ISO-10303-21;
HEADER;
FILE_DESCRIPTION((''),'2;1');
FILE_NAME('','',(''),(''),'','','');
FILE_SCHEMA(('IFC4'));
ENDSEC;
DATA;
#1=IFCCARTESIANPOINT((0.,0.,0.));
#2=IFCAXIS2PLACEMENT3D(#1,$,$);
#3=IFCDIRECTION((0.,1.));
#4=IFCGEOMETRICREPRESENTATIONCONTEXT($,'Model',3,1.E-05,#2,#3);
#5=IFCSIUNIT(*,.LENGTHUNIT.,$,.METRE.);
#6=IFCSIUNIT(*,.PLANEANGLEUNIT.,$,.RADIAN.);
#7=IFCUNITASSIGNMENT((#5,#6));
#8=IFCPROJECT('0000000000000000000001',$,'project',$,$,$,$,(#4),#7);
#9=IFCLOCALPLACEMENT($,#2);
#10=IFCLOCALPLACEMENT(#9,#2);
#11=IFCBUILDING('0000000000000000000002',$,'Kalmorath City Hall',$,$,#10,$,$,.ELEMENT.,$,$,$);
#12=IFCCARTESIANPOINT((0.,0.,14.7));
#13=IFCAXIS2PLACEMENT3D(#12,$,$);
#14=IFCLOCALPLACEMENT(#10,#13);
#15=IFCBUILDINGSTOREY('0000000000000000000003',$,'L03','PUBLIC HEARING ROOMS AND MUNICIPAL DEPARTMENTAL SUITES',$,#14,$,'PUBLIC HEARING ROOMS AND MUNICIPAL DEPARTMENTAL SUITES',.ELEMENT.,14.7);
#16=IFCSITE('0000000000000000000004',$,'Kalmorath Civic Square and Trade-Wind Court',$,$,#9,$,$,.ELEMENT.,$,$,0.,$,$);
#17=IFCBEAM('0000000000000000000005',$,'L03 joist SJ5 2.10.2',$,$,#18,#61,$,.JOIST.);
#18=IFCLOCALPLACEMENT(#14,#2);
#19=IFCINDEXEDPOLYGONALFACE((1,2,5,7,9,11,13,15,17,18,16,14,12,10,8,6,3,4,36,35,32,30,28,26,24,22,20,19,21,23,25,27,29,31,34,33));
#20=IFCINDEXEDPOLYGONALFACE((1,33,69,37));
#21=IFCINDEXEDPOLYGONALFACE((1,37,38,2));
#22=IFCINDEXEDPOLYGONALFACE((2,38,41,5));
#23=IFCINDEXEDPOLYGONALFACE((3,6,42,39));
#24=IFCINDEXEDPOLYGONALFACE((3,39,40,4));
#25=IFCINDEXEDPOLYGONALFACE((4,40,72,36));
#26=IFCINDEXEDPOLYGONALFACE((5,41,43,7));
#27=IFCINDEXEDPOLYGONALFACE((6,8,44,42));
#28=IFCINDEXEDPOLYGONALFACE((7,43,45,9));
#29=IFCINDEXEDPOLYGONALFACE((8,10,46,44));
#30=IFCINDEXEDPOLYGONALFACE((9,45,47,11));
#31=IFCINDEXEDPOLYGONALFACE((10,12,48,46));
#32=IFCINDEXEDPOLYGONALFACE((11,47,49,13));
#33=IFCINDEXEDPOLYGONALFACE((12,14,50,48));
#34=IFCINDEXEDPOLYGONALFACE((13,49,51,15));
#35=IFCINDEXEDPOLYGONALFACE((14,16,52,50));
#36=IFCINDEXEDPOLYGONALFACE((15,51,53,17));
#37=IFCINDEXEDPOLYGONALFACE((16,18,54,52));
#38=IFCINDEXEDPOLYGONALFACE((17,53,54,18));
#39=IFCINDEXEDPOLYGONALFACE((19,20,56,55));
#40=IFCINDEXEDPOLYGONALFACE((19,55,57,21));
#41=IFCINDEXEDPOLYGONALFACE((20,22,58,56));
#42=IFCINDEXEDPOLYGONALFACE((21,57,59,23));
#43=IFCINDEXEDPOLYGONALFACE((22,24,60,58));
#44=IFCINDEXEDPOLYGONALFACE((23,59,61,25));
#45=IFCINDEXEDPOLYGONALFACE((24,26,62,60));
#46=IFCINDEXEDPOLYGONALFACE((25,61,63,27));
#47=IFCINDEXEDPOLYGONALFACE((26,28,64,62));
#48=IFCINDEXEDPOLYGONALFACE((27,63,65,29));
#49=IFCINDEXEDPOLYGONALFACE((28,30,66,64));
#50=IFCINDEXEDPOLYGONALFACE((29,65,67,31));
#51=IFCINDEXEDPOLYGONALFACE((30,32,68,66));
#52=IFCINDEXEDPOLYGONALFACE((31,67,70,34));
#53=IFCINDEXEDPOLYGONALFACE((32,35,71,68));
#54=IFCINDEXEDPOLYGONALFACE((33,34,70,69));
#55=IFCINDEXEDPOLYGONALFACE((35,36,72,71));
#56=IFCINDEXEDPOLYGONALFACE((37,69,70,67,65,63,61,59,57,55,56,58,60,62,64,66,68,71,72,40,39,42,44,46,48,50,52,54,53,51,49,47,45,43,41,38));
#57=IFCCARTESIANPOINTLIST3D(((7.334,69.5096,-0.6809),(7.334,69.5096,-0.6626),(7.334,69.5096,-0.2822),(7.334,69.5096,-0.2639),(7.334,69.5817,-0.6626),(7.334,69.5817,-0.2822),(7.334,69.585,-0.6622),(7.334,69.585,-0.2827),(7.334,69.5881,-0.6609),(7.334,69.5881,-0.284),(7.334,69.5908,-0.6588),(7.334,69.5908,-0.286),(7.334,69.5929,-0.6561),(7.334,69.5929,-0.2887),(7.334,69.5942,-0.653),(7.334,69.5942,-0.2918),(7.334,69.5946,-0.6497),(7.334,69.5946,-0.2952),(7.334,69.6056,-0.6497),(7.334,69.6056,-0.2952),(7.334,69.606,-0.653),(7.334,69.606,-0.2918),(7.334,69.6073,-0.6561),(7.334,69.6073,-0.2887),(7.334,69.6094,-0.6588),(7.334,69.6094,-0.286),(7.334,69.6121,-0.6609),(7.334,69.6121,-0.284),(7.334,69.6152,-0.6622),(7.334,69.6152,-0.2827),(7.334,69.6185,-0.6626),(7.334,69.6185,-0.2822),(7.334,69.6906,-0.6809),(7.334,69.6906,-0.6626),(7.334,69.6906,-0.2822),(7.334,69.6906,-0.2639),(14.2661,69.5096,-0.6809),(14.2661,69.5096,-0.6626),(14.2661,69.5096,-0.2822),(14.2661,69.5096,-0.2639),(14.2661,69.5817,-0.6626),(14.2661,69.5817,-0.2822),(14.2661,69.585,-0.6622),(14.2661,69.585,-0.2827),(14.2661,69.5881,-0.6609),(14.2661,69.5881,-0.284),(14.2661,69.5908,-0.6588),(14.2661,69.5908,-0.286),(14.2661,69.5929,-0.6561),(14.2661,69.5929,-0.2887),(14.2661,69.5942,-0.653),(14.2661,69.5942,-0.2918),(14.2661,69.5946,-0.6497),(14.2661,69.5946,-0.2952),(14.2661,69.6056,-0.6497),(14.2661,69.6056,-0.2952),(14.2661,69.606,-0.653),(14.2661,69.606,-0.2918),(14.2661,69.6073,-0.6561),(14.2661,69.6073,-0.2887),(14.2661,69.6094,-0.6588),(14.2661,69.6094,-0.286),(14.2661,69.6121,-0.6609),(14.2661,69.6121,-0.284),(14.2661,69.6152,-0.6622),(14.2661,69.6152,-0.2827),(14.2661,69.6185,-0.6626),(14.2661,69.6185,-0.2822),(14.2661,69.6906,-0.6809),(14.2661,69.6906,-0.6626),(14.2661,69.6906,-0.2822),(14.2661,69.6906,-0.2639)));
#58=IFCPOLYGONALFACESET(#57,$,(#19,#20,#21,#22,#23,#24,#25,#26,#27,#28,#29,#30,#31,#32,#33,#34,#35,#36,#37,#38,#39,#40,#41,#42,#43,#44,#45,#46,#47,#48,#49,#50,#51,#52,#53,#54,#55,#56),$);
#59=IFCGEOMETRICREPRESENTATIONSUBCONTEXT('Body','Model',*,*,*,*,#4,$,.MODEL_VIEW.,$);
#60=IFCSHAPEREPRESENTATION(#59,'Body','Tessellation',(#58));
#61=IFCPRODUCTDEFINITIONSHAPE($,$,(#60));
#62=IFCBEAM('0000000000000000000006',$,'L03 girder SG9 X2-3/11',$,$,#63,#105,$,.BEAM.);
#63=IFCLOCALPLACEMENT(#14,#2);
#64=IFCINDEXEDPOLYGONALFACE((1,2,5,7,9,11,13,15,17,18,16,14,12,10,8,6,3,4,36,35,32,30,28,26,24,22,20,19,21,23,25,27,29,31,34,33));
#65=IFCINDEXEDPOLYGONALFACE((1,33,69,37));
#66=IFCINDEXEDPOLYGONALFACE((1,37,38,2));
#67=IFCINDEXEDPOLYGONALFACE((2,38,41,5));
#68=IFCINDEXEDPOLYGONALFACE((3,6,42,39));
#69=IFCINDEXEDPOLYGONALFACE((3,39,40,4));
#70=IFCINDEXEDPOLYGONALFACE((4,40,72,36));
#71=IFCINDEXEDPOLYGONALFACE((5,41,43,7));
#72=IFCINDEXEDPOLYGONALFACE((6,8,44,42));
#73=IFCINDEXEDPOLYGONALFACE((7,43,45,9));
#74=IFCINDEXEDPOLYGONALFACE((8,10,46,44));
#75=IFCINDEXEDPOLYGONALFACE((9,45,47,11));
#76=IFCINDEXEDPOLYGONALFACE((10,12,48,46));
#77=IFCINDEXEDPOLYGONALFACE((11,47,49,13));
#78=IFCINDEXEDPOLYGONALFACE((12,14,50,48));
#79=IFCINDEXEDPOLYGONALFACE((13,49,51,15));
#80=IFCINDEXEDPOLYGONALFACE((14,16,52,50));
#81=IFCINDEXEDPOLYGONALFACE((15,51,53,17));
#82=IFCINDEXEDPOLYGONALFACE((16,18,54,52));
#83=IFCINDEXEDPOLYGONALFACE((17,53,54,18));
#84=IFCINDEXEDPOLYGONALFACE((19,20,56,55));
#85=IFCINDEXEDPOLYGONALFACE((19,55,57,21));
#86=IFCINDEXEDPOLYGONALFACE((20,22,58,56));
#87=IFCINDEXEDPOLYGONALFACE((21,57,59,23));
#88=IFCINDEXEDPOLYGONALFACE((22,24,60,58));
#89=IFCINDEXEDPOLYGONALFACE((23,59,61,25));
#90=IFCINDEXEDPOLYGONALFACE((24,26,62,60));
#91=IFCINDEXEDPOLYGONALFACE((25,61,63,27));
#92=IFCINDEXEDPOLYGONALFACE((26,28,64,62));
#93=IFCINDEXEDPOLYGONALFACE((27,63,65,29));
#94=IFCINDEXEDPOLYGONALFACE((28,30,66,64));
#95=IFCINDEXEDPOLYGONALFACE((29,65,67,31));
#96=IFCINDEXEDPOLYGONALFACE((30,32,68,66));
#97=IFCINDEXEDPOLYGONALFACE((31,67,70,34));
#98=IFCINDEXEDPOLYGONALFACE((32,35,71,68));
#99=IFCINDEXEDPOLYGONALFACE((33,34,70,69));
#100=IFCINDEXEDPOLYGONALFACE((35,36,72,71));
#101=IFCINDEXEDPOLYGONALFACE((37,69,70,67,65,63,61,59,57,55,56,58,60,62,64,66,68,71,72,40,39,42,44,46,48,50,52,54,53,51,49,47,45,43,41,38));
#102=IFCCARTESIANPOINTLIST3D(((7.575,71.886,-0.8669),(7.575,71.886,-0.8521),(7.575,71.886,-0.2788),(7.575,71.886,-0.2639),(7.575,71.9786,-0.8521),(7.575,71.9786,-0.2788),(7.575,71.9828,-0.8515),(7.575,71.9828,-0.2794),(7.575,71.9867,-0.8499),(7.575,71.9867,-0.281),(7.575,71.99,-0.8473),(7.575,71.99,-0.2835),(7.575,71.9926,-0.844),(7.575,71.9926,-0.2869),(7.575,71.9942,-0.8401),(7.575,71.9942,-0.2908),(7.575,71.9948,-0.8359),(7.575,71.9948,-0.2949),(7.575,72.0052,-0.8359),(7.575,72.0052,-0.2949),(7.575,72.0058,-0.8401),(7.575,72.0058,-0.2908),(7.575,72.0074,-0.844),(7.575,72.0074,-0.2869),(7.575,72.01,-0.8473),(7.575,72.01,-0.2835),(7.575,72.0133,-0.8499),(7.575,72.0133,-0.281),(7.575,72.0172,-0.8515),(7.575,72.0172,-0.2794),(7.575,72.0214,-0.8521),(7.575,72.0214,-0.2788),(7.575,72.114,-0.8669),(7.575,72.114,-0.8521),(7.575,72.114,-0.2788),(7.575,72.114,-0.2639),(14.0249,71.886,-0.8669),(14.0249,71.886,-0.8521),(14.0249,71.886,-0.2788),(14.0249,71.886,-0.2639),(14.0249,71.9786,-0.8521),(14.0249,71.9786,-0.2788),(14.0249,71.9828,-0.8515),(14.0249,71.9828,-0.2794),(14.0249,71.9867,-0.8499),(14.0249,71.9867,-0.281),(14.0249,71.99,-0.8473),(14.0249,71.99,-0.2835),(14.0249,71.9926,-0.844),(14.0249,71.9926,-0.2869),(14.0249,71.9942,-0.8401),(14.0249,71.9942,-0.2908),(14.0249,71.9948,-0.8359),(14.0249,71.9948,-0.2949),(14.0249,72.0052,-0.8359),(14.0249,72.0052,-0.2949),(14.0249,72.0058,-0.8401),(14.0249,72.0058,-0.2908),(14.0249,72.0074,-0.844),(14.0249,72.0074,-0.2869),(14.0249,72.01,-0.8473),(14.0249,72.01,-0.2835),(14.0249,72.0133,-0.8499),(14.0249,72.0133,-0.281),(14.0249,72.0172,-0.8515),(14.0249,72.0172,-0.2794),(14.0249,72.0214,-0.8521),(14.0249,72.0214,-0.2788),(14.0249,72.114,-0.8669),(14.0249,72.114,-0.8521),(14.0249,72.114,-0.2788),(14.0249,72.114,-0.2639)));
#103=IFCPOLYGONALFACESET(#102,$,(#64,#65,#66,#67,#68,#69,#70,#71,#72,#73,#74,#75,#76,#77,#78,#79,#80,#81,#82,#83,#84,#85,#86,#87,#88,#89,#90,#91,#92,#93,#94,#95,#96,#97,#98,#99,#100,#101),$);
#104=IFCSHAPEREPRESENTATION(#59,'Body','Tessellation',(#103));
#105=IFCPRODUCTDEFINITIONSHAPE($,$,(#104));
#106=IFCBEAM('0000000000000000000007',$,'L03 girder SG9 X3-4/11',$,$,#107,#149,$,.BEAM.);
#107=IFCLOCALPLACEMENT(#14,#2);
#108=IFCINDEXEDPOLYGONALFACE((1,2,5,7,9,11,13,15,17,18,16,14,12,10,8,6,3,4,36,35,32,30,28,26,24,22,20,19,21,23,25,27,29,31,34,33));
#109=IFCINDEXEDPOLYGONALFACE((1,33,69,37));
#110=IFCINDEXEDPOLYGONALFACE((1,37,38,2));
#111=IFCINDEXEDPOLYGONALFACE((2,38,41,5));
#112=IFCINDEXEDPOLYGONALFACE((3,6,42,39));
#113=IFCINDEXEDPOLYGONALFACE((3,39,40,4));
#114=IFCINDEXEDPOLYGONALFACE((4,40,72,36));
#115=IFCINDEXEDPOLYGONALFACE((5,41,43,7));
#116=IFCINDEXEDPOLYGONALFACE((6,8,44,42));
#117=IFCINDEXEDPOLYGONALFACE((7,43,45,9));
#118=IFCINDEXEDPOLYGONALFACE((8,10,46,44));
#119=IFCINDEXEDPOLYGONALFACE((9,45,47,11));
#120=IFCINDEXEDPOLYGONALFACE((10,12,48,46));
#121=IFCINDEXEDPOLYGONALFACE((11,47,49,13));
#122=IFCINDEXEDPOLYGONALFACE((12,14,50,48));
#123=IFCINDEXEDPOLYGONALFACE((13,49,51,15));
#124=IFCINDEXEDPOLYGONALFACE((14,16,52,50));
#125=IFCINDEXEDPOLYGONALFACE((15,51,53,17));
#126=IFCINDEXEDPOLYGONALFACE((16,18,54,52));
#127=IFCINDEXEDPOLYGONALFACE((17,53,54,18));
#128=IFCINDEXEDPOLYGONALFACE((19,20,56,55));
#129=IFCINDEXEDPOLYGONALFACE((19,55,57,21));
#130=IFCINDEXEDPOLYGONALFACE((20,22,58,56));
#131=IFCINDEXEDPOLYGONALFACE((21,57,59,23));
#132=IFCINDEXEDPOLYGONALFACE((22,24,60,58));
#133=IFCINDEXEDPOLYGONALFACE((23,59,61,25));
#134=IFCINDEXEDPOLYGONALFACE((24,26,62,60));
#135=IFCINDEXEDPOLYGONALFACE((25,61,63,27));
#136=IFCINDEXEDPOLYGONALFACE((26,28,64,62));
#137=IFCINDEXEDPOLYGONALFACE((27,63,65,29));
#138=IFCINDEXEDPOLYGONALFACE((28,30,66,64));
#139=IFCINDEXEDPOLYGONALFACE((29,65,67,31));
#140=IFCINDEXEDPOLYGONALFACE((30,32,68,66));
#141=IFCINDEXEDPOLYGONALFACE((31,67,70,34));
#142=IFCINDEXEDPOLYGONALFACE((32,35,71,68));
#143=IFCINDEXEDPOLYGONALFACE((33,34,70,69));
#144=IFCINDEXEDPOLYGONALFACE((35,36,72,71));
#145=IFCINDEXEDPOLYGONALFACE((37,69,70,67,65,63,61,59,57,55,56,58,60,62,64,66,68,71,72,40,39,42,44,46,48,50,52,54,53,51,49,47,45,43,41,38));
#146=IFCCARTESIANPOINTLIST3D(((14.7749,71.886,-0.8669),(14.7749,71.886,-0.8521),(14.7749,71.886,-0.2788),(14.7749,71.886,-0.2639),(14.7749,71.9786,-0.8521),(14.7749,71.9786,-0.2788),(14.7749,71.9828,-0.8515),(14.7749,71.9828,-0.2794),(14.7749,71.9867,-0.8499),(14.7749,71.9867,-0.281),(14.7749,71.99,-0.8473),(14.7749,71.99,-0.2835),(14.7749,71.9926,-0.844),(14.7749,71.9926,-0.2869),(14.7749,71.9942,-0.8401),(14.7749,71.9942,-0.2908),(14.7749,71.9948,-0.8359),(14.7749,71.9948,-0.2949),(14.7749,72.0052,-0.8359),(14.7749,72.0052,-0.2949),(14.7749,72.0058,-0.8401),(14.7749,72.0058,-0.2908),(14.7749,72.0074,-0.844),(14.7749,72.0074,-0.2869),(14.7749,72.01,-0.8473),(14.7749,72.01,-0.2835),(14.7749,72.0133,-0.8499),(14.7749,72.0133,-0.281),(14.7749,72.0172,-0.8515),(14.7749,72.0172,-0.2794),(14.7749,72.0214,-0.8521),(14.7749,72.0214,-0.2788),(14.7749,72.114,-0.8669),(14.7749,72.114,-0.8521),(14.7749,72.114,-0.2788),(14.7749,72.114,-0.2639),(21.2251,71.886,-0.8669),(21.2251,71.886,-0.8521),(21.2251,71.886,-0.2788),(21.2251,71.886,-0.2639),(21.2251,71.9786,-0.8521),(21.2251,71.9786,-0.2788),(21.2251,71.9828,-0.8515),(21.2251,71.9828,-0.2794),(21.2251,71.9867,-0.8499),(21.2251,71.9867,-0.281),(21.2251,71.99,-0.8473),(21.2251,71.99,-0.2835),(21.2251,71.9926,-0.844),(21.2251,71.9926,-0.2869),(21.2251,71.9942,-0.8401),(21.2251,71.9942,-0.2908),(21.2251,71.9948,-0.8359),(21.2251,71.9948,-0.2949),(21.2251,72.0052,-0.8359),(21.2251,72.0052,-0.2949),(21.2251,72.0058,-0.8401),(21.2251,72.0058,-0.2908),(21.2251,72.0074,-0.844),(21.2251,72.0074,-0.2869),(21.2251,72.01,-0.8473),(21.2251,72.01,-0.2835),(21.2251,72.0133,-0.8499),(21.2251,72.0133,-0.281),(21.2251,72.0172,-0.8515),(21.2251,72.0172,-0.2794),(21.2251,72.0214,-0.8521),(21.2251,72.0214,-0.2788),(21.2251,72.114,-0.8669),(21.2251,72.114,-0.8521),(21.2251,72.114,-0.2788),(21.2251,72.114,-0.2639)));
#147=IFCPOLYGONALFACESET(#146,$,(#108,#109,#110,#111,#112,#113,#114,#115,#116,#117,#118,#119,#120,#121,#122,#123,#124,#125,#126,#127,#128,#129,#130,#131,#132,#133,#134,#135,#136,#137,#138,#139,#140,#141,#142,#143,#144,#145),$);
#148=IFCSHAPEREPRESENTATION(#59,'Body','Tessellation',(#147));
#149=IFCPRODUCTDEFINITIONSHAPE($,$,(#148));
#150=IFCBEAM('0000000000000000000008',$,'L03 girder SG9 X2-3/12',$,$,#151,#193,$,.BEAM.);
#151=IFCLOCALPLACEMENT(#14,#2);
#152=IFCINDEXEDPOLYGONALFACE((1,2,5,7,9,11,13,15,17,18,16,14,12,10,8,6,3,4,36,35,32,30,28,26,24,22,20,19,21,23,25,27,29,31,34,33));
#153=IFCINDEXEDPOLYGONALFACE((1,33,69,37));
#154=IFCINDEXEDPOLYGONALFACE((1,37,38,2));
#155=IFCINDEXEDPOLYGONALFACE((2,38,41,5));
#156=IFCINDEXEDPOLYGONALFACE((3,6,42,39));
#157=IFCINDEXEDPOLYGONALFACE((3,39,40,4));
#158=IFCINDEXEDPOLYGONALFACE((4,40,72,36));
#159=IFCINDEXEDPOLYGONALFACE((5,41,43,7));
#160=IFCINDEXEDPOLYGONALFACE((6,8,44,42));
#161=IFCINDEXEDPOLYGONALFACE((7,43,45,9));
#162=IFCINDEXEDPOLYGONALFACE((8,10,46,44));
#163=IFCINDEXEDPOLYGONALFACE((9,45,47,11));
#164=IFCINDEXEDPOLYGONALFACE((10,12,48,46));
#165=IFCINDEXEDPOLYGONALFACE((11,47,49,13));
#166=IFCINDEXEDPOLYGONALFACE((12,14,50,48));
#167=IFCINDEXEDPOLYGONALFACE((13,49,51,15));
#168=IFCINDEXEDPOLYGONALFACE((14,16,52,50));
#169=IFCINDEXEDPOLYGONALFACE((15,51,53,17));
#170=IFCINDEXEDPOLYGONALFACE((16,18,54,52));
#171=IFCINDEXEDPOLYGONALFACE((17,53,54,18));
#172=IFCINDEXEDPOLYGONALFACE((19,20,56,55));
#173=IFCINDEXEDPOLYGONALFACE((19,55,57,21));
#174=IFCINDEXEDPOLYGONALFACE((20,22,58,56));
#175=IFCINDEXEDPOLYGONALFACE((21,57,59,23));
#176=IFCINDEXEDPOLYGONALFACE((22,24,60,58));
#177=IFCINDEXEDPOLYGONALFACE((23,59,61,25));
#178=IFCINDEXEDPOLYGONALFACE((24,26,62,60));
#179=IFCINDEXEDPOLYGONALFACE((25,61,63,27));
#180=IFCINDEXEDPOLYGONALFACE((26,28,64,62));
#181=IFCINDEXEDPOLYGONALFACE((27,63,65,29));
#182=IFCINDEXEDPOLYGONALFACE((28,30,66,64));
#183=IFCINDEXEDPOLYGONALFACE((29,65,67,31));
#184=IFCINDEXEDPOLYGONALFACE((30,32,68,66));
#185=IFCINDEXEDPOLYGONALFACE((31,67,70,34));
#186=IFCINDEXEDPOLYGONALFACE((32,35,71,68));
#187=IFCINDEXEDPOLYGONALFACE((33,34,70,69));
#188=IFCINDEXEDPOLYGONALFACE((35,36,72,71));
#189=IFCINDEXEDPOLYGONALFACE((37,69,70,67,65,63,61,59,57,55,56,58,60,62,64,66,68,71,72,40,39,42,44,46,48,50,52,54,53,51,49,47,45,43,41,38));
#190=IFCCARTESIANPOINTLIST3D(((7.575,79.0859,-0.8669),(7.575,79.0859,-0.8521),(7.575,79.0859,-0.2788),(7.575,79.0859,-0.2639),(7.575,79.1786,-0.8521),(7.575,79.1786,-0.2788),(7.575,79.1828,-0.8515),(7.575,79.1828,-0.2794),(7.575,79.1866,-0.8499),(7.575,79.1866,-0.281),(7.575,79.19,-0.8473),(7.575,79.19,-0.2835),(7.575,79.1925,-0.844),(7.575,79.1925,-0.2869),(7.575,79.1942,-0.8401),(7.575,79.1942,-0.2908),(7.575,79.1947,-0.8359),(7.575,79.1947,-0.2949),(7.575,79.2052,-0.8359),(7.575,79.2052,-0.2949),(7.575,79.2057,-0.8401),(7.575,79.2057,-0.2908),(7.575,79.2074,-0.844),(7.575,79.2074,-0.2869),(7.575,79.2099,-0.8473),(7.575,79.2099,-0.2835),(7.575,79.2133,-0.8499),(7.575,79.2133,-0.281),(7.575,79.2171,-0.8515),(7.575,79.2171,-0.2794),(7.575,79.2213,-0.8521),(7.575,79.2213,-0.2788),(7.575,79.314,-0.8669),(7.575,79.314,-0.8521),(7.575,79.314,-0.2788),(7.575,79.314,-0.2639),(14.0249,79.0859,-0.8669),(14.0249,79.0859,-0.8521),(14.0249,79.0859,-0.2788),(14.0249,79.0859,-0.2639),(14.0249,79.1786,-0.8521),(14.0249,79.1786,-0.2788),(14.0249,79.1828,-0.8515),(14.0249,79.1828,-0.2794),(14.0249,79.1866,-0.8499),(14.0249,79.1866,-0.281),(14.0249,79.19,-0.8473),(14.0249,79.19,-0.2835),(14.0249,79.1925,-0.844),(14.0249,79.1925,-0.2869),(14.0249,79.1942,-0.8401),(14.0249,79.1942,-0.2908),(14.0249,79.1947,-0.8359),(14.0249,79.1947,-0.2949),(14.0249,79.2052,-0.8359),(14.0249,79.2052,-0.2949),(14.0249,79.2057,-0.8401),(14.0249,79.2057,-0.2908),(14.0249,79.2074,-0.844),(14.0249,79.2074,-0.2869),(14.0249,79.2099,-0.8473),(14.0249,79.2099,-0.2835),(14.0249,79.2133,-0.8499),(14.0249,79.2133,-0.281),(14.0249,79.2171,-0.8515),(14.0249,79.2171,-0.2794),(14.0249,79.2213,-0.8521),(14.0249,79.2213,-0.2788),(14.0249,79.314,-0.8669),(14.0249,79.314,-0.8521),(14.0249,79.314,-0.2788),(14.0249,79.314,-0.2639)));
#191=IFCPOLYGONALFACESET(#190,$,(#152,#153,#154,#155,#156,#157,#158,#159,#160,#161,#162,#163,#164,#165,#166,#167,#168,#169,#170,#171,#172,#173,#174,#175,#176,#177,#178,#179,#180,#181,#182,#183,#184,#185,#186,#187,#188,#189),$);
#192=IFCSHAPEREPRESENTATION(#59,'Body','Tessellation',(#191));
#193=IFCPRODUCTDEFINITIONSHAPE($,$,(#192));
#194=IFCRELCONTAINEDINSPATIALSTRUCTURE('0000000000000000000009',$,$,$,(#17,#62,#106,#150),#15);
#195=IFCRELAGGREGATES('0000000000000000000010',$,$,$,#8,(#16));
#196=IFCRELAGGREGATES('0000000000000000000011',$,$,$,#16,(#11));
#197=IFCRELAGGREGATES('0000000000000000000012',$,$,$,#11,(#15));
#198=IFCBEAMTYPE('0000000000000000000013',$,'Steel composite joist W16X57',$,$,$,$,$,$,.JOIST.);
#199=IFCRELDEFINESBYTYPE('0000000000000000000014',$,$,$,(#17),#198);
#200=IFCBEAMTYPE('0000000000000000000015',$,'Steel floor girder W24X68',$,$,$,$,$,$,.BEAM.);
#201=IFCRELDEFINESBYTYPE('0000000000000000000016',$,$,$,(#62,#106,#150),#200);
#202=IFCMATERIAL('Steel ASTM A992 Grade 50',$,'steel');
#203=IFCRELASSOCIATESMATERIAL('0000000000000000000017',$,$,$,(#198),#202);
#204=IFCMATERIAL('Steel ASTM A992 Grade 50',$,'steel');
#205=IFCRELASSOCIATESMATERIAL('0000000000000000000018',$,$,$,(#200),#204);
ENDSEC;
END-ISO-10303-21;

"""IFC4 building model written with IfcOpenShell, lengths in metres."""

from ifc_helpers import new_model, si_unit, direction, frame, origin, origin_2d, place, context, subcontext, project, spatial, i_section, extrude, material, material_profile, profile_set, type_object, element, save


model = new_model("IFC4")

# Units and contexts
model_context = context("Model", 3, precision=1e-05, world=origin(), true_north=direction((0.0, 1.0)))
body_context = subcontext(model_context, "Body", "Model", "MODEL_VIEW")
ifc_project = project(units=[si_unit("LENGTHUNIT", "METRE"), si_unit("PLANEANGLEUNIT", "RADIAN")], contexts=[model_context])

# Site, building, storey
site_placement = place(None, origin())
site = spatial("IfcSite", under=ifc_project, at=site_placement, Name="Kalmorath Civic Square and Trade-Wind Court", CompositionType="ELEMENT", RefElevation=0.0)
building_placement = place(site_placement, origin())
building = spatial("IfcBuilding", under=site, at=building_placement, Name="Kalmorath City Hall", CompositionType="ELEMENT")
storey_placement = place(building_placement, frame((0.0, 0.0, 14.7)))
storey = spatial("IfcBuildingStorey", under=building, at=storey_placement, Name="L03", Description="PUBLIC HEARING ROOMS AND MUNICIPAL DEPARTMENTAL SUITES", LongName="PUBLIC HEARING ROOMS AND MUNICIPAL DEPARTMENTAL SUITES", CompositionType="ELEMENT", Elevation=14.7)

# Beams
ifc_material_1 = material(Name="Steel ASTM A992 Grade 50", Category="steel")
ifc_material_profile_1 = material_profile(ifc_material_1, i_section(OverallWidth=0.1809, OverallDepth=0.417, WebThickness=0.011, FlangeThickness=0.0183, FilletRadius=0.0129, at=origin_2d()), Name="W16X57")
ifc_profile_set_1 = profile_set([ifc_material_profile_1], Name="Steel ASTM A992 Grade 50")
beam_type_1 = type_object("IfcBeamType", Name="Steel composite joist W16X57", PredefinedType="JOIST", material=ifc_profile_set_1)
beam_1_placement = place(storey_placement, frame((7.334, 69.6001, -0.4724), z_axis=(1.0, 0.0, 0.0), x_axis=(0.0, 1.0, 0.0)))
element("IfcBeam", 1, at=beam_1_placement, inside=storey, type_object=beam_type_1, Name="L03 joist SJ5 2.10.2", PredefinedType="JOIST", context=body_context, shape_type="SweptSolid", body=[
    extrude(i_section(OverallWidth=0.1809, OverallDepth=0.417, WebThickness=0.011, FlangeThickness=0.0183, FilletRadius=0.0129, at=origin_2d()), origin(), (0.0, 0.0, 1.0), 6.9321),
])
ifc_material_2 = material(Name="Steel ASTM A992 Grade 50", Category="steel")
ifc_material_profile_2 = material_profile(ifc_material_2, i_section(OverallWidth=0.228, OverallDepth=0.603, WebThickness=0.0105, FlangeThickness=0.0149, FilletRadius=0.0161, at=origin_2d()), Name="W24X68")
ifc_profile_set_2 = profile_set([ifc_material_profile_2], Name="Steel ASTM A992 Grade 50")
beam_type_2 = type_object("IfcBeamType", Name="Steel floor girder W24X68", PredefinedType="BEAM", material=ifc_profile_set_2)
beam_2_placement = place(storey_placement, frame((7.575, 72.0, -0.5654), z_axis=(1.0, 0.0, 0.0), x_axis=(0.0, 1.0, 0.0)))
element("IfcBeam", 2, at=beam_2_placement, inside=storey, type_object=beam_type_2, Name="L03 girder SG9 X2-3/11", PredefinedType="BEAM", context=body_context, shape_type="SweptSolid", body=[
    extrude(i_section(OverallWidth=0.228, OverallDepth=0.603, WebThickness=0.0105, FlangeThickness=0.0149, FilletRadius=0.0161, at=origin_2d()), origin(), (0.0, 0.0, 1.0), 6.45),
])
beam_3_placement = place(storey_placement, frame((14.7749, 72.0, -0.5654), z_axis=(1.0, 0.0, 0.0), x_axis=(0.0, 1.0, 0.0)))
element("IfcBeam", 3, at=beam_3_placement, inside=storey, type_object=beam_type_2, Name="L03 girder SG9 X3-4/11", PredefinedType="BEAM", context=body_context, shape_type="SweptSolid", body=[
    extrude(i_section(OverallWidth=0.228, OverallDepth=0.603, WebThickness=0.0105, FlangeThickness=0.0149, FilletRadius=0.0161, at=origin_2d()), origin(), (0.0, 0.0, 1.0), 6.4502),
])
beam_4_placement = place(storey_placement, frame((7.575, 79.2, -0.5654), z_axis=(1.0, 0.0, 0.0), x_axis=(0.0, 1.0, 0.0)))
element("IfcBeam", 4, at=beam_4_placement, inside=storey, type_object=beam_type_2, Name="L03 girder SG9 X2-3/12", PredefinedType="BEAM", context=body_context, shape_type="SweptSolid", body=[
    extrude(i_section(OverallWidth=0.228, OverallDepth=0.603, WebThickness=0.0105, FlangeThickness=0.0149, FilletRadius=0.0161, at=origin_2d()), origin(), (0.0, 0.0, 1.0), 6.45),
])

save(model, "model.ifc")
